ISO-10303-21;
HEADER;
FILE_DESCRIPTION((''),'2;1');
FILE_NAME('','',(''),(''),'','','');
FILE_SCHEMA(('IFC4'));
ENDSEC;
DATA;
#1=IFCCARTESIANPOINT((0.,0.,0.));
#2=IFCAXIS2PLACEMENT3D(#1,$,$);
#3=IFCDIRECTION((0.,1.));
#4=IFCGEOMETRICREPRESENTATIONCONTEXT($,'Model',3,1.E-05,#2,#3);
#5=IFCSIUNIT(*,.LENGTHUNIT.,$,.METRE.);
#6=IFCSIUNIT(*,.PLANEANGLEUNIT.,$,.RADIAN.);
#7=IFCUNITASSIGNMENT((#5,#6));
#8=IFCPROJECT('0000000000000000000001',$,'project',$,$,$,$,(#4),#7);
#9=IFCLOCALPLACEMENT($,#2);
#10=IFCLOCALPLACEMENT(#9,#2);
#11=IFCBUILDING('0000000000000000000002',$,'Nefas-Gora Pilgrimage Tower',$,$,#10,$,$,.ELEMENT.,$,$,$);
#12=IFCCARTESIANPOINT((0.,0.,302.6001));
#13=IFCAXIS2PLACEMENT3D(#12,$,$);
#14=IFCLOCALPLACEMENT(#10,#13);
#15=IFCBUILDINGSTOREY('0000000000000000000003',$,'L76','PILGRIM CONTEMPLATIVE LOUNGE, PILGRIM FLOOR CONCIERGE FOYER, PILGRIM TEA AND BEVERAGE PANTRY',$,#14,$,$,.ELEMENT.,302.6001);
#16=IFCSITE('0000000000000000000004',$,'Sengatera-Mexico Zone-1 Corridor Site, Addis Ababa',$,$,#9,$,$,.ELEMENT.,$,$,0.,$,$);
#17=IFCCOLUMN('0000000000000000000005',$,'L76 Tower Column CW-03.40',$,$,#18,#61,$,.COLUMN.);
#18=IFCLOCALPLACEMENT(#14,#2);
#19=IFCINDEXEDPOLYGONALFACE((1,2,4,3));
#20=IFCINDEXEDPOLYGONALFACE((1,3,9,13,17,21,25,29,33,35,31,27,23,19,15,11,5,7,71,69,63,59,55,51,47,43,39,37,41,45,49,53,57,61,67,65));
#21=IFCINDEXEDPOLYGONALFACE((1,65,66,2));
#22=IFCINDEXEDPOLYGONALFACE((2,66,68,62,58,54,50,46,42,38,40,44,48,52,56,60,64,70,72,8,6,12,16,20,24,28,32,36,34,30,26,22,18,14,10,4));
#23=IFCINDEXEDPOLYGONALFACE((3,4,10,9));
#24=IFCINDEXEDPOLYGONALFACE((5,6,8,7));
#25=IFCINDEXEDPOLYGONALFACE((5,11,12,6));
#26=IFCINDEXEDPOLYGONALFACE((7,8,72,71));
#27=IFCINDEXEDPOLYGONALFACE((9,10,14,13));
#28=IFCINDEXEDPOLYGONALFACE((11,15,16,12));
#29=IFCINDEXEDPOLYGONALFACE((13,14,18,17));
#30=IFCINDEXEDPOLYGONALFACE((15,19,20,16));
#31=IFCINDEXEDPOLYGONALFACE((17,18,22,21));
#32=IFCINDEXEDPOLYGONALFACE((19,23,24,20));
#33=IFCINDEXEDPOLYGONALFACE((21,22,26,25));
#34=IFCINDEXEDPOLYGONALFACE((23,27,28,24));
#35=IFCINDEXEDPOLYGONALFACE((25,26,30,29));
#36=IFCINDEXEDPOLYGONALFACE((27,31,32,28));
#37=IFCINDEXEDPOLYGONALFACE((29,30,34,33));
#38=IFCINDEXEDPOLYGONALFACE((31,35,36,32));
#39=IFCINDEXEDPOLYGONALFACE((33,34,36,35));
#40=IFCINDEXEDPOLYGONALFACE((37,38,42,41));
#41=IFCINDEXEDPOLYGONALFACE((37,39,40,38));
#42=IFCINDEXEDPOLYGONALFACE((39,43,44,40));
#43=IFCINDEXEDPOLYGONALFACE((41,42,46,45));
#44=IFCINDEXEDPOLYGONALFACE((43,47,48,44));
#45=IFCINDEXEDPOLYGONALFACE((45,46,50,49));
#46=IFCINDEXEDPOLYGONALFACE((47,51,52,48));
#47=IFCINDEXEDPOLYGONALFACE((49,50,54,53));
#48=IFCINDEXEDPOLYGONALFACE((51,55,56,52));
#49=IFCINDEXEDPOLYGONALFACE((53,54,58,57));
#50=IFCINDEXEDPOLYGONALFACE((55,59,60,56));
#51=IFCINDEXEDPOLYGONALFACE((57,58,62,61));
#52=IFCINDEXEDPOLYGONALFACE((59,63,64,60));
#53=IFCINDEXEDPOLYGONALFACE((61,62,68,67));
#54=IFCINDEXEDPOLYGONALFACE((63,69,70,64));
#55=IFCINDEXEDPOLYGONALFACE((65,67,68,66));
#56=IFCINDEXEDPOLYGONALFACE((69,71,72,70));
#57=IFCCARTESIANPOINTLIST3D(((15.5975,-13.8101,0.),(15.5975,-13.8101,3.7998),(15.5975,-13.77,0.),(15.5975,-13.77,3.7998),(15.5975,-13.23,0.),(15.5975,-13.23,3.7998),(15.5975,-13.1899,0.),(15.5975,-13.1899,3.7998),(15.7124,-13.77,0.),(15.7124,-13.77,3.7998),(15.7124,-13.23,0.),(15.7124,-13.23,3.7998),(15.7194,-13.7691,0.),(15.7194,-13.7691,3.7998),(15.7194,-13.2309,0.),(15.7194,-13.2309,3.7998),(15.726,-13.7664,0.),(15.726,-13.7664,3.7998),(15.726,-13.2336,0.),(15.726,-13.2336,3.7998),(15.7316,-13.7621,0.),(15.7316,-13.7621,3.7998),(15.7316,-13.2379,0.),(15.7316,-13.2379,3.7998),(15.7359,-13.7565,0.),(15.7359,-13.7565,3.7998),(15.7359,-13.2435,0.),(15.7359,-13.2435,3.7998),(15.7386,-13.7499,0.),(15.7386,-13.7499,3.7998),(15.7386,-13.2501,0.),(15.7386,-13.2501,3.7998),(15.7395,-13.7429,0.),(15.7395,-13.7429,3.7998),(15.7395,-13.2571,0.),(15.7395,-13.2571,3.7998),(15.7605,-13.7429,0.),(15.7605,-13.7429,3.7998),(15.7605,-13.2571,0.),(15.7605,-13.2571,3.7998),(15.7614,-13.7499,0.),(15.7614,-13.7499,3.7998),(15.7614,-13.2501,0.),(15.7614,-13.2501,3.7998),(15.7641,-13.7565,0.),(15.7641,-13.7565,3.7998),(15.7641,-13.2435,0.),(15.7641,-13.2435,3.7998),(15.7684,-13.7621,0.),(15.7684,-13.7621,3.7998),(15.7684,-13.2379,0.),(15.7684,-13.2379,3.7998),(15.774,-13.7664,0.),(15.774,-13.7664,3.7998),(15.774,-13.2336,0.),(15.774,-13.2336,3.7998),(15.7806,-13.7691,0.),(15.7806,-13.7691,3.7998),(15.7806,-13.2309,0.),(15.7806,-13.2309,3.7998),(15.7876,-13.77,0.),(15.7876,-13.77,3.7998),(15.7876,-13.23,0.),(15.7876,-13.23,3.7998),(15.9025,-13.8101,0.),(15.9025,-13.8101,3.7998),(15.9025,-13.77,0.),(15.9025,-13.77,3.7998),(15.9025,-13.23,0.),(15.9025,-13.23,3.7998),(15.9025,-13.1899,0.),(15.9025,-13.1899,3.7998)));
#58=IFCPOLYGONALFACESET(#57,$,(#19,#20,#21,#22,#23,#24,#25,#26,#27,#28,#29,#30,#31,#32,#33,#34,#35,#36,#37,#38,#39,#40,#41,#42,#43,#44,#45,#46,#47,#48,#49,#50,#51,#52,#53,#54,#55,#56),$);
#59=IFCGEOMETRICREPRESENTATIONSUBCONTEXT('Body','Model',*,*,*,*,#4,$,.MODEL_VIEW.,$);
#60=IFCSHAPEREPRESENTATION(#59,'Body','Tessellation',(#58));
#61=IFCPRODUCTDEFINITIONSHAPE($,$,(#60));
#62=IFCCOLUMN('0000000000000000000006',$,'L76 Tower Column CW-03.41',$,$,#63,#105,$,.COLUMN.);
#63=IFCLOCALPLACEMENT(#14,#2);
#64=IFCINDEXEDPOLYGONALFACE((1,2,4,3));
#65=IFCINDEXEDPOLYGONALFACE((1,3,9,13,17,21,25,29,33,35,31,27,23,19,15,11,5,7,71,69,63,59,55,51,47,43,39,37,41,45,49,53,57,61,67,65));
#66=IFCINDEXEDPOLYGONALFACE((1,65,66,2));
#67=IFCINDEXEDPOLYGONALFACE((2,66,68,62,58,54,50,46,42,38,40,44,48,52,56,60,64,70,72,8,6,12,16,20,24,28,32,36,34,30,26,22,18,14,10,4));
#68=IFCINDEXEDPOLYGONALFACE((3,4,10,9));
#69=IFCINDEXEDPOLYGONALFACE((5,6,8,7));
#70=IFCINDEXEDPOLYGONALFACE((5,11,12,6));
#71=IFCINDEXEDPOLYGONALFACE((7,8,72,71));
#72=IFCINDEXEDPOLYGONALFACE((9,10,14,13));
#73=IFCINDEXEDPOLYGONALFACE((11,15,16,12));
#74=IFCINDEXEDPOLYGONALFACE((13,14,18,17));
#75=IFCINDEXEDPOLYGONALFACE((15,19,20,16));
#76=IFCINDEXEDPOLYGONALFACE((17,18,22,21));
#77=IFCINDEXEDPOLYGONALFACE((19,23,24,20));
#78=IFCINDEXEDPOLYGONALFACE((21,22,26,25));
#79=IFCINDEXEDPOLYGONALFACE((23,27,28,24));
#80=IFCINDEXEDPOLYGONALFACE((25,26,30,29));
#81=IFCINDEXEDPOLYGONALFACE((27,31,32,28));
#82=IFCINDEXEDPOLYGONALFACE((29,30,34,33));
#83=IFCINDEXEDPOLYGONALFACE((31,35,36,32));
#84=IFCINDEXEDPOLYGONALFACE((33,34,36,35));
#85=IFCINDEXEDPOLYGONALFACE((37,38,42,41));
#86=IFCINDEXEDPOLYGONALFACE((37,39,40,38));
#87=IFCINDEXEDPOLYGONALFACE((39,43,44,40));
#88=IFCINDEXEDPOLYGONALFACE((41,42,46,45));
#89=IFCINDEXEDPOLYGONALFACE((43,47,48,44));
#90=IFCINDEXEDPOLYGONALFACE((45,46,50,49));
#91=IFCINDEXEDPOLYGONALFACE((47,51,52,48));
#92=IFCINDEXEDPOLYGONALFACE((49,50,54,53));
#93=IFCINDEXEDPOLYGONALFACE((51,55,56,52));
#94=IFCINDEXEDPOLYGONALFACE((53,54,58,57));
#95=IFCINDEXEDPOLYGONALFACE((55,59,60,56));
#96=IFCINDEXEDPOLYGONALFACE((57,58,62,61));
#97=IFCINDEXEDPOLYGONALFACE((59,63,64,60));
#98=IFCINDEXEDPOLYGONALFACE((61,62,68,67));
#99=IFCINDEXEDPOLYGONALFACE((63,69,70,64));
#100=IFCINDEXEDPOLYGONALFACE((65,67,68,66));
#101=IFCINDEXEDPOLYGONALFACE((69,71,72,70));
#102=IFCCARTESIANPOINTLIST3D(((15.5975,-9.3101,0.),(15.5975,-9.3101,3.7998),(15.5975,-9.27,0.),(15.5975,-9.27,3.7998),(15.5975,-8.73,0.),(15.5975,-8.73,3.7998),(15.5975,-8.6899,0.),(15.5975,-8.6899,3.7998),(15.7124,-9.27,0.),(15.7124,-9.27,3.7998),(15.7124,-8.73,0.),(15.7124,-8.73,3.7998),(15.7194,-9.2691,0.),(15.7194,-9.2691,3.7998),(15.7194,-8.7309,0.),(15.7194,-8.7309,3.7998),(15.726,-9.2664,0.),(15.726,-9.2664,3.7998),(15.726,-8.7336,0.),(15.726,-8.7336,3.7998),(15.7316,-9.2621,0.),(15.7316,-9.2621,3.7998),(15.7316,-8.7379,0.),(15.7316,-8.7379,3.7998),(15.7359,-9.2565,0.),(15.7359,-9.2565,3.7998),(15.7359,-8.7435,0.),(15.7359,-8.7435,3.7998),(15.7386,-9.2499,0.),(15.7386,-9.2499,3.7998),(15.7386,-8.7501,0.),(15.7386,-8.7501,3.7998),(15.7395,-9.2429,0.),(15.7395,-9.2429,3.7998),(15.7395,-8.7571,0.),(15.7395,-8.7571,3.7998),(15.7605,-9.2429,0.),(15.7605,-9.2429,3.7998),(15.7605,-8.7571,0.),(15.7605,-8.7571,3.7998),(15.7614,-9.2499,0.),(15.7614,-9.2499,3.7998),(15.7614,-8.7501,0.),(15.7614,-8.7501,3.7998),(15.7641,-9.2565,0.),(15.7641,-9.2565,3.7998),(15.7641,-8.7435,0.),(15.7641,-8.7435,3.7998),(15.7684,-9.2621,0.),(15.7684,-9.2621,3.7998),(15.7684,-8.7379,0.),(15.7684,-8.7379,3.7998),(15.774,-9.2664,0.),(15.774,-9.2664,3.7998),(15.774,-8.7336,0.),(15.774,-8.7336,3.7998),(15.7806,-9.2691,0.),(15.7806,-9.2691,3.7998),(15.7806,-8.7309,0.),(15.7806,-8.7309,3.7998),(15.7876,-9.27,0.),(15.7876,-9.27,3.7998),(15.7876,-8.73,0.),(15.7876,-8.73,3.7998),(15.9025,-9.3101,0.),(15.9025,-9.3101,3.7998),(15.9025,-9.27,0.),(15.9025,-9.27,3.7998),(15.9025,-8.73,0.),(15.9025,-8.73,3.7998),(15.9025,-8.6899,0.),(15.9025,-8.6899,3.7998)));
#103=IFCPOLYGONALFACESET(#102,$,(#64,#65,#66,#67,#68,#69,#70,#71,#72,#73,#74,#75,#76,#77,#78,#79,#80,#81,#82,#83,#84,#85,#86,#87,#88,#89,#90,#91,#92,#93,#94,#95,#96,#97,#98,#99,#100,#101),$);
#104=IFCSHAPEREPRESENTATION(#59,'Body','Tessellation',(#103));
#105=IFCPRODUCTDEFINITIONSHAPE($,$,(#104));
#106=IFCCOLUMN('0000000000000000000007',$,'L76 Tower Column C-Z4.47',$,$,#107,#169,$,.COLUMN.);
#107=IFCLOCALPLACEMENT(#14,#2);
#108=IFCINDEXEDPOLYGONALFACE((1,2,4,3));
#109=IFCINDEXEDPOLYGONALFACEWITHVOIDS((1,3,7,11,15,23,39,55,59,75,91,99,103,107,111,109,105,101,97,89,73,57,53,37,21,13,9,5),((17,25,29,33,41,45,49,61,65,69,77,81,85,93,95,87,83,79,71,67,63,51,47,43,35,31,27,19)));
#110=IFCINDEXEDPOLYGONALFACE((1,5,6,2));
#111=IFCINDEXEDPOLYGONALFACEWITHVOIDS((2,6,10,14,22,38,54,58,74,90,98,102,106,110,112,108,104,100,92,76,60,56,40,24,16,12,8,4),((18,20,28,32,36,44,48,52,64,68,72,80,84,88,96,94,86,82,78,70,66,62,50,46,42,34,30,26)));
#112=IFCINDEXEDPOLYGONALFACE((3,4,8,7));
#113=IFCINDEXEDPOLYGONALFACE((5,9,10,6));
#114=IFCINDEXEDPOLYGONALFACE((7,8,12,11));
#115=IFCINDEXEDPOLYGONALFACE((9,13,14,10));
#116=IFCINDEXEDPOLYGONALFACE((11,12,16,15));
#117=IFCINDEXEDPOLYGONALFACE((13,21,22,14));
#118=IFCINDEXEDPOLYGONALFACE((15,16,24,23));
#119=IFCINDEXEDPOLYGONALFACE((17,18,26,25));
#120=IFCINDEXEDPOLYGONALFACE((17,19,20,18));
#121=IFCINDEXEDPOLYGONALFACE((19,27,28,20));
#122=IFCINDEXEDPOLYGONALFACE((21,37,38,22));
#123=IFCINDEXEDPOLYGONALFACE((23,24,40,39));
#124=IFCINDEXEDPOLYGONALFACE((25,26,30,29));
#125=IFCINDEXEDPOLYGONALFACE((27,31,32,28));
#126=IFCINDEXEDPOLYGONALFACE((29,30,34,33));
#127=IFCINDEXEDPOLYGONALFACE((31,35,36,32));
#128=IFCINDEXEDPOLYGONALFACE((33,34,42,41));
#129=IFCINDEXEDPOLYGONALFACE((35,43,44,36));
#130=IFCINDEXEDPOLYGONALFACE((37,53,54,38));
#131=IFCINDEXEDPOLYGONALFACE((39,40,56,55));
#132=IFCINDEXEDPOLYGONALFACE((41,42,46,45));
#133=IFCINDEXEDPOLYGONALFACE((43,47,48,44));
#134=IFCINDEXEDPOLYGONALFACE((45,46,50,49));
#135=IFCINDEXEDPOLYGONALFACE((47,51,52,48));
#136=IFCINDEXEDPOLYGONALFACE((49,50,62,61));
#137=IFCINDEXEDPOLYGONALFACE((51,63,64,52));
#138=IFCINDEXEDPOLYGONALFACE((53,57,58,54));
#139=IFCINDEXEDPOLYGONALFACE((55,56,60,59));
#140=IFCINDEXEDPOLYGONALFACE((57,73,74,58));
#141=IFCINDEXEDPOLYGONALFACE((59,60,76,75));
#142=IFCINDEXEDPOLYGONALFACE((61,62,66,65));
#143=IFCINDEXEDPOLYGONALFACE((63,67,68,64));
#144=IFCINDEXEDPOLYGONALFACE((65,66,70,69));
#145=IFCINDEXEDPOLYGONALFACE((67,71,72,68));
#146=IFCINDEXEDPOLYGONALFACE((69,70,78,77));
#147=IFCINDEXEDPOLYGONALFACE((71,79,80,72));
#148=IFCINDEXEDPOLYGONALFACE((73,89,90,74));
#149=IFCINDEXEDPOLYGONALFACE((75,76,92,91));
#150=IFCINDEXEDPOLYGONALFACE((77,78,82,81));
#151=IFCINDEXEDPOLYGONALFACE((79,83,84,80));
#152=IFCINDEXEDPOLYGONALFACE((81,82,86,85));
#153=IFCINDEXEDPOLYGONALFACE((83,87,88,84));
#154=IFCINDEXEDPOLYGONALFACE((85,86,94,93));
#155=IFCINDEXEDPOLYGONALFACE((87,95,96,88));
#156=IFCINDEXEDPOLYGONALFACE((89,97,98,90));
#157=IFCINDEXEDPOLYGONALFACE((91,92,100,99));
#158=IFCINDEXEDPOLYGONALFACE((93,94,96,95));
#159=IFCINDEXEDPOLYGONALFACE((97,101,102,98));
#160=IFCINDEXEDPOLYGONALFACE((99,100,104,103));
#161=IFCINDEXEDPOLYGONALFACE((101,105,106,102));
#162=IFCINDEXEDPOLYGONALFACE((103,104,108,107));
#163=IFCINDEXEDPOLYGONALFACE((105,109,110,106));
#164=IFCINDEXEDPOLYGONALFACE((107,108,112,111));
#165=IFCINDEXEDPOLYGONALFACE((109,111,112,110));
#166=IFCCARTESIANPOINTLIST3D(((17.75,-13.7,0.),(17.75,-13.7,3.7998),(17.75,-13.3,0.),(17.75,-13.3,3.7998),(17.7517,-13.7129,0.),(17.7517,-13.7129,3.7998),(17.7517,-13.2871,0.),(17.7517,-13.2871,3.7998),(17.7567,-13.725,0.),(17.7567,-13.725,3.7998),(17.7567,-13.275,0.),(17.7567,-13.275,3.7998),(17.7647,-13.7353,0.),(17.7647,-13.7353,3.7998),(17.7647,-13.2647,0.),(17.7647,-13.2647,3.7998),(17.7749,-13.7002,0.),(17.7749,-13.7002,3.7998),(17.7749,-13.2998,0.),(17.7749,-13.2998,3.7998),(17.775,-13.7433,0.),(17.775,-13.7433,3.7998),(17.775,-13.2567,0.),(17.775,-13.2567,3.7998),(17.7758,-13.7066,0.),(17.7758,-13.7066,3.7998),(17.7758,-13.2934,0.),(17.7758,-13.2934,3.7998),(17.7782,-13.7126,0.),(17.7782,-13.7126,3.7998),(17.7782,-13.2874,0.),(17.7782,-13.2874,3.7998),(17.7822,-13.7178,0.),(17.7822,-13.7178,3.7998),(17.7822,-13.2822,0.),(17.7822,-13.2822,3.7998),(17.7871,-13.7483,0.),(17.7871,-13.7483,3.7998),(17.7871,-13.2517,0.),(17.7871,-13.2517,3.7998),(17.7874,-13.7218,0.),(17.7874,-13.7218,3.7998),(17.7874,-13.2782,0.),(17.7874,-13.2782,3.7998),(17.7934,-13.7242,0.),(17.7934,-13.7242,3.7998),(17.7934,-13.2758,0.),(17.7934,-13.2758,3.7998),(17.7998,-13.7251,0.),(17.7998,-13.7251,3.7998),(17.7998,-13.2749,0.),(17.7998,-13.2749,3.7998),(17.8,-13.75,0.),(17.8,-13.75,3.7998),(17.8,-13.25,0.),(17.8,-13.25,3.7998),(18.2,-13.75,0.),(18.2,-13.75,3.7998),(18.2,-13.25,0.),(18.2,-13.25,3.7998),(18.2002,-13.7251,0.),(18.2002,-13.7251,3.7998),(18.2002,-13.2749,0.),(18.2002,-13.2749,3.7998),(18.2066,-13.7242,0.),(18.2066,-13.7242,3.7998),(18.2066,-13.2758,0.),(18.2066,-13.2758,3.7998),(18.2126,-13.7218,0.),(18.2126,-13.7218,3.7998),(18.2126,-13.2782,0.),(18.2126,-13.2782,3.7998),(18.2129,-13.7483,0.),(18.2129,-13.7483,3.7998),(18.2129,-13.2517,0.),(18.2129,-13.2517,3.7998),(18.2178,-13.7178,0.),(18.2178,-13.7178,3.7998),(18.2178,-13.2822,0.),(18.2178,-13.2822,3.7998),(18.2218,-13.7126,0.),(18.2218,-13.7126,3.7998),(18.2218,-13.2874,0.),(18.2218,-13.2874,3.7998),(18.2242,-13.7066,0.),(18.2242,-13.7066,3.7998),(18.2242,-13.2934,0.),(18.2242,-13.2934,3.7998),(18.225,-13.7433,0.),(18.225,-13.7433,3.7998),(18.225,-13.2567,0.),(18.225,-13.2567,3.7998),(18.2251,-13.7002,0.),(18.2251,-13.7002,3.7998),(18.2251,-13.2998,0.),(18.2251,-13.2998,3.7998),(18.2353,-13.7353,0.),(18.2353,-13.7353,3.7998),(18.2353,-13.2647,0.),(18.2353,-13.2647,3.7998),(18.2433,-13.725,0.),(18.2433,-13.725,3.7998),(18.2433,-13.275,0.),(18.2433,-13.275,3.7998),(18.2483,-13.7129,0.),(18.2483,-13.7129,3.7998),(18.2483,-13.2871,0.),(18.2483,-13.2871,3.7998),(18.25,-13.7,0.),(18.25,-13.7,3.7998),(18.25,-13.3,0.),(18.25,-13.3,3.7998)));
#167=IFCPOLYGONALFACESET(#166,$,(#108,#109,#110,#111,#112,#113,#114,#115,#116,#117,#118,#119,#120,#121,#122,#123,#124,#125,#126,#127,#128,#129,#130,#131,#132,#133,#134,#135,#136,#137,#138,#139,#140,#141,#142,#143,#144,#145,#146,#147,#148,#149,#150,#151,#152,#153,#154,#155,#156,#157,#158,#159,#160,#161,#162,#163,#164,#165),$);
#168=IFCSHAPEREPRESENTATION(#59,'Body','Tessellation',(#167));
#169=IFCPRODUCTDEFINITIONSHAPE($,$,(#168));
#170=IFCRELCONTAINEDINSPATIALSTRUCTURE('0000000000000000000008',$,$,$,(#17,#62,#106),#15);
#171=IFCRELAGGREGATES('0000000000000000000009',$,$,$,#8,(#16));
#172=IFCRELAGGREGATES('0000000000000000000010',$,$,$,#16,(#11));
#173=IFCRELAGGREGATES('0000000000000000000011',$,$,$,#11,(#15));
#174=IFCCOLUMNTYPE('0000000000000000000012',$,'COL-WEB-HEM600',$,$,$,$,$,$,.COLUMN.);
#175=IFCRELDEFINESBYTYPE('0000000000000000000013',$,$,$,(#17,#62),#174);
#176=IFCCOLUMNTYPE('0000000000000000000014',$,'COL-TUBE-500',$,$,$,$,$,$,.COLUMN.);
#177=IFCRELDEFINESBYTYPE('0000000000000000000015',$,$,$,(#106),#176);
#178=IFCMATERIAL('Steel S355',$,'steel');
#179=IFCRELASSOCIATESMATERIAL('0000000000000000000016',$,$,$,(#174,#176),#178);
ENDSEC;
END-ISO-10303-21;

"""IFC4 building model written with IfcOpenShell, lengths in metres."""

from ifc_helpers import new_model, si_unit, direction, frame, origin, origin_2d, place, context, subcontext, project, spatial, hollow_rectangle, i_section, extrude, source, transform, mapped, material, material_profile, profile_set, type_object, element, save


model = new_model("IFC4")

# Units and contexts
model_context = context("Model", 3, precision=1e-05, world=origin(), true_north=direction((0.0, 1.0)))
body_context = subcontext(model_context, "Body", "Model", "MODEL_VIEW")
ifc_project = project(units=[si_unit("LENGTHUNIT", "METRE"), si_unit("PLANEANGLEUNIT", "RADIAN")], contexts=[model_context])

# Site, building, storey
site_placement = place(None, origin())
site = spatial("IfcSite", under=ifc_project, at=site_placement, Name="Sengatera-Mexico Zone-1 Corridor Site, Addis Ababa", CompositionType="ELEMENT", RefElevation=0.0)
building_placement = place(site_placement, origin())
building = spatial("IfcBuilding", under=site, at=building_placement, Name="Nefas-Gora Pilgrimage Tower", CompositionType="ELEMENT")
storey_placement = place(building_placement, frame((0.0, 0.0, 302.6001)))
storey = spatial("IfcBuildingStorey", under=building, at=storey_placement, Name="L76", Description="PILGRIM CONTEMPLATIVE LOUNGE, PILGRIM FLOOR CONCIERGE FOYER, PILGRIM TEA AND BEVERAGE PANTRY", CompositionType="ELEMENT", Elevation=302.6001)

# Columns
ifc_material_1 = material(Name="Steel S355", Category="steel")
ifc_material_profile_1 = material_profile(ifc_material_1, i_section(OverallWidth=0.3049, OverallDepth=0.6201, WebThickness=0.021, FlangeThickness=0.04, FilletRadius=0.0271, at=origin_2d()), Name="HEM 600")
ifc_profile_set_1 = profile_set([ifc_material_profile_1], Name="Steel S355")
column_type_1 = type_object("IfcColumnType", Name="COL-WEB-HEM600", PredefinedType="COLUMN", material=ifc_profile_set_1)
shared_shape_1 = source(origin(), body_context, "Body", "SweptSolid", [
    extrude(i_section(OverallWidth=0.3049, OverallDepth=0.6201, WebThickness=0.021, FlangeThickness=0.04, FilletRadius=0.0271, at=origin_2d()), origin(), (0.0, 0.0, 1.0), 3.7998),
])
for number, where, z_axis, x_axis, name in (
    (1, (15.75, -13.5, 0.0), (0.0, 0.0, 1.0), (1.0, 0.0, 0.0), "L76 Tower Column CW-03.40"),
    (2, (15.75, -9.0, 0.0), (0.0, 0.0, 1.0), (1.0, 0.0, 0.0), "L76 Tower Column CW-03.41"),
):
    element("IfcColumn", number, at=place(storey_placement, frame(where, z_axis=z_axis, x_axis=x_axis)), inside=storey, type_object=column_type_1, Name=name, PredefinedType="COLUMN", context=body_context, shape_type="MappedRepresentation", body=[
        mapped(shared_shape_1, transform((0.0, 0.0, 0.0), x_axis=(1.0, 0.0, 0.0), y_axis=(0.0, 1.0, 0.0), z_axis=(0.0, 0.0, 1.0), scale=1.0)),
    ])
ifc_material_profile_2 = material_profile(ifc_material_1, hollow_rectangle(XDim=0.5, YDim=0.5, WallThickness=0.0249, InnerFilletRadius=0.0249, OuterFilletRadius=0.05, at=origin_2d()), Name="SHS 500x500x25")
ifc_profile_set_2 = profile_set([ifc_material_profile_2], Name="Steel S355")
column_type_2 = type_object("IfcColumnType", Name="COL-TUBE-500", PredefinedType="COLUMN", material=ifc_profile_set_2)
shared_shape_2 = source(origin(), body_context, "Body", "SweptSolid", [
    extrude(hollow_rectangle(XDim=0.5, YDim=0.5, WallThickness=0.0249, InnerFilletRadius=0.0249, OuterFilletRadius=0.05, at=origin_2d()), origin(), (0.0, 0.0, 1.0), 3.7998),
])
for number, where, z_axis, x_axis, name in (
    (3, (18.0, -13.5, 0.0), (0.0, 0.0, 1.0), (1.0, 0.0, 0.0), "L76 Tower Column C-Z4.47"),
):
    element("IfcColumn", number, at=place(storey_placement, frame(where, z_axis=z_axis, x_axis=x_axis)), inside=storey, type_object=column_type_2, Name=name, PredefinedType="COLUMN", context=body_context, shape_type="MappedRepresentation", body=[
        mapped(shared_shape_2, transform((0.0, 0.0, 0.0), x_axis=(1.0, 0.0, 0.0), y_axis=(0.0, 1.0, 0.0), z_axis=(0.0, 0.0, 1.0), scale=1.0)),
    ])

save(model, "model.ifc")
